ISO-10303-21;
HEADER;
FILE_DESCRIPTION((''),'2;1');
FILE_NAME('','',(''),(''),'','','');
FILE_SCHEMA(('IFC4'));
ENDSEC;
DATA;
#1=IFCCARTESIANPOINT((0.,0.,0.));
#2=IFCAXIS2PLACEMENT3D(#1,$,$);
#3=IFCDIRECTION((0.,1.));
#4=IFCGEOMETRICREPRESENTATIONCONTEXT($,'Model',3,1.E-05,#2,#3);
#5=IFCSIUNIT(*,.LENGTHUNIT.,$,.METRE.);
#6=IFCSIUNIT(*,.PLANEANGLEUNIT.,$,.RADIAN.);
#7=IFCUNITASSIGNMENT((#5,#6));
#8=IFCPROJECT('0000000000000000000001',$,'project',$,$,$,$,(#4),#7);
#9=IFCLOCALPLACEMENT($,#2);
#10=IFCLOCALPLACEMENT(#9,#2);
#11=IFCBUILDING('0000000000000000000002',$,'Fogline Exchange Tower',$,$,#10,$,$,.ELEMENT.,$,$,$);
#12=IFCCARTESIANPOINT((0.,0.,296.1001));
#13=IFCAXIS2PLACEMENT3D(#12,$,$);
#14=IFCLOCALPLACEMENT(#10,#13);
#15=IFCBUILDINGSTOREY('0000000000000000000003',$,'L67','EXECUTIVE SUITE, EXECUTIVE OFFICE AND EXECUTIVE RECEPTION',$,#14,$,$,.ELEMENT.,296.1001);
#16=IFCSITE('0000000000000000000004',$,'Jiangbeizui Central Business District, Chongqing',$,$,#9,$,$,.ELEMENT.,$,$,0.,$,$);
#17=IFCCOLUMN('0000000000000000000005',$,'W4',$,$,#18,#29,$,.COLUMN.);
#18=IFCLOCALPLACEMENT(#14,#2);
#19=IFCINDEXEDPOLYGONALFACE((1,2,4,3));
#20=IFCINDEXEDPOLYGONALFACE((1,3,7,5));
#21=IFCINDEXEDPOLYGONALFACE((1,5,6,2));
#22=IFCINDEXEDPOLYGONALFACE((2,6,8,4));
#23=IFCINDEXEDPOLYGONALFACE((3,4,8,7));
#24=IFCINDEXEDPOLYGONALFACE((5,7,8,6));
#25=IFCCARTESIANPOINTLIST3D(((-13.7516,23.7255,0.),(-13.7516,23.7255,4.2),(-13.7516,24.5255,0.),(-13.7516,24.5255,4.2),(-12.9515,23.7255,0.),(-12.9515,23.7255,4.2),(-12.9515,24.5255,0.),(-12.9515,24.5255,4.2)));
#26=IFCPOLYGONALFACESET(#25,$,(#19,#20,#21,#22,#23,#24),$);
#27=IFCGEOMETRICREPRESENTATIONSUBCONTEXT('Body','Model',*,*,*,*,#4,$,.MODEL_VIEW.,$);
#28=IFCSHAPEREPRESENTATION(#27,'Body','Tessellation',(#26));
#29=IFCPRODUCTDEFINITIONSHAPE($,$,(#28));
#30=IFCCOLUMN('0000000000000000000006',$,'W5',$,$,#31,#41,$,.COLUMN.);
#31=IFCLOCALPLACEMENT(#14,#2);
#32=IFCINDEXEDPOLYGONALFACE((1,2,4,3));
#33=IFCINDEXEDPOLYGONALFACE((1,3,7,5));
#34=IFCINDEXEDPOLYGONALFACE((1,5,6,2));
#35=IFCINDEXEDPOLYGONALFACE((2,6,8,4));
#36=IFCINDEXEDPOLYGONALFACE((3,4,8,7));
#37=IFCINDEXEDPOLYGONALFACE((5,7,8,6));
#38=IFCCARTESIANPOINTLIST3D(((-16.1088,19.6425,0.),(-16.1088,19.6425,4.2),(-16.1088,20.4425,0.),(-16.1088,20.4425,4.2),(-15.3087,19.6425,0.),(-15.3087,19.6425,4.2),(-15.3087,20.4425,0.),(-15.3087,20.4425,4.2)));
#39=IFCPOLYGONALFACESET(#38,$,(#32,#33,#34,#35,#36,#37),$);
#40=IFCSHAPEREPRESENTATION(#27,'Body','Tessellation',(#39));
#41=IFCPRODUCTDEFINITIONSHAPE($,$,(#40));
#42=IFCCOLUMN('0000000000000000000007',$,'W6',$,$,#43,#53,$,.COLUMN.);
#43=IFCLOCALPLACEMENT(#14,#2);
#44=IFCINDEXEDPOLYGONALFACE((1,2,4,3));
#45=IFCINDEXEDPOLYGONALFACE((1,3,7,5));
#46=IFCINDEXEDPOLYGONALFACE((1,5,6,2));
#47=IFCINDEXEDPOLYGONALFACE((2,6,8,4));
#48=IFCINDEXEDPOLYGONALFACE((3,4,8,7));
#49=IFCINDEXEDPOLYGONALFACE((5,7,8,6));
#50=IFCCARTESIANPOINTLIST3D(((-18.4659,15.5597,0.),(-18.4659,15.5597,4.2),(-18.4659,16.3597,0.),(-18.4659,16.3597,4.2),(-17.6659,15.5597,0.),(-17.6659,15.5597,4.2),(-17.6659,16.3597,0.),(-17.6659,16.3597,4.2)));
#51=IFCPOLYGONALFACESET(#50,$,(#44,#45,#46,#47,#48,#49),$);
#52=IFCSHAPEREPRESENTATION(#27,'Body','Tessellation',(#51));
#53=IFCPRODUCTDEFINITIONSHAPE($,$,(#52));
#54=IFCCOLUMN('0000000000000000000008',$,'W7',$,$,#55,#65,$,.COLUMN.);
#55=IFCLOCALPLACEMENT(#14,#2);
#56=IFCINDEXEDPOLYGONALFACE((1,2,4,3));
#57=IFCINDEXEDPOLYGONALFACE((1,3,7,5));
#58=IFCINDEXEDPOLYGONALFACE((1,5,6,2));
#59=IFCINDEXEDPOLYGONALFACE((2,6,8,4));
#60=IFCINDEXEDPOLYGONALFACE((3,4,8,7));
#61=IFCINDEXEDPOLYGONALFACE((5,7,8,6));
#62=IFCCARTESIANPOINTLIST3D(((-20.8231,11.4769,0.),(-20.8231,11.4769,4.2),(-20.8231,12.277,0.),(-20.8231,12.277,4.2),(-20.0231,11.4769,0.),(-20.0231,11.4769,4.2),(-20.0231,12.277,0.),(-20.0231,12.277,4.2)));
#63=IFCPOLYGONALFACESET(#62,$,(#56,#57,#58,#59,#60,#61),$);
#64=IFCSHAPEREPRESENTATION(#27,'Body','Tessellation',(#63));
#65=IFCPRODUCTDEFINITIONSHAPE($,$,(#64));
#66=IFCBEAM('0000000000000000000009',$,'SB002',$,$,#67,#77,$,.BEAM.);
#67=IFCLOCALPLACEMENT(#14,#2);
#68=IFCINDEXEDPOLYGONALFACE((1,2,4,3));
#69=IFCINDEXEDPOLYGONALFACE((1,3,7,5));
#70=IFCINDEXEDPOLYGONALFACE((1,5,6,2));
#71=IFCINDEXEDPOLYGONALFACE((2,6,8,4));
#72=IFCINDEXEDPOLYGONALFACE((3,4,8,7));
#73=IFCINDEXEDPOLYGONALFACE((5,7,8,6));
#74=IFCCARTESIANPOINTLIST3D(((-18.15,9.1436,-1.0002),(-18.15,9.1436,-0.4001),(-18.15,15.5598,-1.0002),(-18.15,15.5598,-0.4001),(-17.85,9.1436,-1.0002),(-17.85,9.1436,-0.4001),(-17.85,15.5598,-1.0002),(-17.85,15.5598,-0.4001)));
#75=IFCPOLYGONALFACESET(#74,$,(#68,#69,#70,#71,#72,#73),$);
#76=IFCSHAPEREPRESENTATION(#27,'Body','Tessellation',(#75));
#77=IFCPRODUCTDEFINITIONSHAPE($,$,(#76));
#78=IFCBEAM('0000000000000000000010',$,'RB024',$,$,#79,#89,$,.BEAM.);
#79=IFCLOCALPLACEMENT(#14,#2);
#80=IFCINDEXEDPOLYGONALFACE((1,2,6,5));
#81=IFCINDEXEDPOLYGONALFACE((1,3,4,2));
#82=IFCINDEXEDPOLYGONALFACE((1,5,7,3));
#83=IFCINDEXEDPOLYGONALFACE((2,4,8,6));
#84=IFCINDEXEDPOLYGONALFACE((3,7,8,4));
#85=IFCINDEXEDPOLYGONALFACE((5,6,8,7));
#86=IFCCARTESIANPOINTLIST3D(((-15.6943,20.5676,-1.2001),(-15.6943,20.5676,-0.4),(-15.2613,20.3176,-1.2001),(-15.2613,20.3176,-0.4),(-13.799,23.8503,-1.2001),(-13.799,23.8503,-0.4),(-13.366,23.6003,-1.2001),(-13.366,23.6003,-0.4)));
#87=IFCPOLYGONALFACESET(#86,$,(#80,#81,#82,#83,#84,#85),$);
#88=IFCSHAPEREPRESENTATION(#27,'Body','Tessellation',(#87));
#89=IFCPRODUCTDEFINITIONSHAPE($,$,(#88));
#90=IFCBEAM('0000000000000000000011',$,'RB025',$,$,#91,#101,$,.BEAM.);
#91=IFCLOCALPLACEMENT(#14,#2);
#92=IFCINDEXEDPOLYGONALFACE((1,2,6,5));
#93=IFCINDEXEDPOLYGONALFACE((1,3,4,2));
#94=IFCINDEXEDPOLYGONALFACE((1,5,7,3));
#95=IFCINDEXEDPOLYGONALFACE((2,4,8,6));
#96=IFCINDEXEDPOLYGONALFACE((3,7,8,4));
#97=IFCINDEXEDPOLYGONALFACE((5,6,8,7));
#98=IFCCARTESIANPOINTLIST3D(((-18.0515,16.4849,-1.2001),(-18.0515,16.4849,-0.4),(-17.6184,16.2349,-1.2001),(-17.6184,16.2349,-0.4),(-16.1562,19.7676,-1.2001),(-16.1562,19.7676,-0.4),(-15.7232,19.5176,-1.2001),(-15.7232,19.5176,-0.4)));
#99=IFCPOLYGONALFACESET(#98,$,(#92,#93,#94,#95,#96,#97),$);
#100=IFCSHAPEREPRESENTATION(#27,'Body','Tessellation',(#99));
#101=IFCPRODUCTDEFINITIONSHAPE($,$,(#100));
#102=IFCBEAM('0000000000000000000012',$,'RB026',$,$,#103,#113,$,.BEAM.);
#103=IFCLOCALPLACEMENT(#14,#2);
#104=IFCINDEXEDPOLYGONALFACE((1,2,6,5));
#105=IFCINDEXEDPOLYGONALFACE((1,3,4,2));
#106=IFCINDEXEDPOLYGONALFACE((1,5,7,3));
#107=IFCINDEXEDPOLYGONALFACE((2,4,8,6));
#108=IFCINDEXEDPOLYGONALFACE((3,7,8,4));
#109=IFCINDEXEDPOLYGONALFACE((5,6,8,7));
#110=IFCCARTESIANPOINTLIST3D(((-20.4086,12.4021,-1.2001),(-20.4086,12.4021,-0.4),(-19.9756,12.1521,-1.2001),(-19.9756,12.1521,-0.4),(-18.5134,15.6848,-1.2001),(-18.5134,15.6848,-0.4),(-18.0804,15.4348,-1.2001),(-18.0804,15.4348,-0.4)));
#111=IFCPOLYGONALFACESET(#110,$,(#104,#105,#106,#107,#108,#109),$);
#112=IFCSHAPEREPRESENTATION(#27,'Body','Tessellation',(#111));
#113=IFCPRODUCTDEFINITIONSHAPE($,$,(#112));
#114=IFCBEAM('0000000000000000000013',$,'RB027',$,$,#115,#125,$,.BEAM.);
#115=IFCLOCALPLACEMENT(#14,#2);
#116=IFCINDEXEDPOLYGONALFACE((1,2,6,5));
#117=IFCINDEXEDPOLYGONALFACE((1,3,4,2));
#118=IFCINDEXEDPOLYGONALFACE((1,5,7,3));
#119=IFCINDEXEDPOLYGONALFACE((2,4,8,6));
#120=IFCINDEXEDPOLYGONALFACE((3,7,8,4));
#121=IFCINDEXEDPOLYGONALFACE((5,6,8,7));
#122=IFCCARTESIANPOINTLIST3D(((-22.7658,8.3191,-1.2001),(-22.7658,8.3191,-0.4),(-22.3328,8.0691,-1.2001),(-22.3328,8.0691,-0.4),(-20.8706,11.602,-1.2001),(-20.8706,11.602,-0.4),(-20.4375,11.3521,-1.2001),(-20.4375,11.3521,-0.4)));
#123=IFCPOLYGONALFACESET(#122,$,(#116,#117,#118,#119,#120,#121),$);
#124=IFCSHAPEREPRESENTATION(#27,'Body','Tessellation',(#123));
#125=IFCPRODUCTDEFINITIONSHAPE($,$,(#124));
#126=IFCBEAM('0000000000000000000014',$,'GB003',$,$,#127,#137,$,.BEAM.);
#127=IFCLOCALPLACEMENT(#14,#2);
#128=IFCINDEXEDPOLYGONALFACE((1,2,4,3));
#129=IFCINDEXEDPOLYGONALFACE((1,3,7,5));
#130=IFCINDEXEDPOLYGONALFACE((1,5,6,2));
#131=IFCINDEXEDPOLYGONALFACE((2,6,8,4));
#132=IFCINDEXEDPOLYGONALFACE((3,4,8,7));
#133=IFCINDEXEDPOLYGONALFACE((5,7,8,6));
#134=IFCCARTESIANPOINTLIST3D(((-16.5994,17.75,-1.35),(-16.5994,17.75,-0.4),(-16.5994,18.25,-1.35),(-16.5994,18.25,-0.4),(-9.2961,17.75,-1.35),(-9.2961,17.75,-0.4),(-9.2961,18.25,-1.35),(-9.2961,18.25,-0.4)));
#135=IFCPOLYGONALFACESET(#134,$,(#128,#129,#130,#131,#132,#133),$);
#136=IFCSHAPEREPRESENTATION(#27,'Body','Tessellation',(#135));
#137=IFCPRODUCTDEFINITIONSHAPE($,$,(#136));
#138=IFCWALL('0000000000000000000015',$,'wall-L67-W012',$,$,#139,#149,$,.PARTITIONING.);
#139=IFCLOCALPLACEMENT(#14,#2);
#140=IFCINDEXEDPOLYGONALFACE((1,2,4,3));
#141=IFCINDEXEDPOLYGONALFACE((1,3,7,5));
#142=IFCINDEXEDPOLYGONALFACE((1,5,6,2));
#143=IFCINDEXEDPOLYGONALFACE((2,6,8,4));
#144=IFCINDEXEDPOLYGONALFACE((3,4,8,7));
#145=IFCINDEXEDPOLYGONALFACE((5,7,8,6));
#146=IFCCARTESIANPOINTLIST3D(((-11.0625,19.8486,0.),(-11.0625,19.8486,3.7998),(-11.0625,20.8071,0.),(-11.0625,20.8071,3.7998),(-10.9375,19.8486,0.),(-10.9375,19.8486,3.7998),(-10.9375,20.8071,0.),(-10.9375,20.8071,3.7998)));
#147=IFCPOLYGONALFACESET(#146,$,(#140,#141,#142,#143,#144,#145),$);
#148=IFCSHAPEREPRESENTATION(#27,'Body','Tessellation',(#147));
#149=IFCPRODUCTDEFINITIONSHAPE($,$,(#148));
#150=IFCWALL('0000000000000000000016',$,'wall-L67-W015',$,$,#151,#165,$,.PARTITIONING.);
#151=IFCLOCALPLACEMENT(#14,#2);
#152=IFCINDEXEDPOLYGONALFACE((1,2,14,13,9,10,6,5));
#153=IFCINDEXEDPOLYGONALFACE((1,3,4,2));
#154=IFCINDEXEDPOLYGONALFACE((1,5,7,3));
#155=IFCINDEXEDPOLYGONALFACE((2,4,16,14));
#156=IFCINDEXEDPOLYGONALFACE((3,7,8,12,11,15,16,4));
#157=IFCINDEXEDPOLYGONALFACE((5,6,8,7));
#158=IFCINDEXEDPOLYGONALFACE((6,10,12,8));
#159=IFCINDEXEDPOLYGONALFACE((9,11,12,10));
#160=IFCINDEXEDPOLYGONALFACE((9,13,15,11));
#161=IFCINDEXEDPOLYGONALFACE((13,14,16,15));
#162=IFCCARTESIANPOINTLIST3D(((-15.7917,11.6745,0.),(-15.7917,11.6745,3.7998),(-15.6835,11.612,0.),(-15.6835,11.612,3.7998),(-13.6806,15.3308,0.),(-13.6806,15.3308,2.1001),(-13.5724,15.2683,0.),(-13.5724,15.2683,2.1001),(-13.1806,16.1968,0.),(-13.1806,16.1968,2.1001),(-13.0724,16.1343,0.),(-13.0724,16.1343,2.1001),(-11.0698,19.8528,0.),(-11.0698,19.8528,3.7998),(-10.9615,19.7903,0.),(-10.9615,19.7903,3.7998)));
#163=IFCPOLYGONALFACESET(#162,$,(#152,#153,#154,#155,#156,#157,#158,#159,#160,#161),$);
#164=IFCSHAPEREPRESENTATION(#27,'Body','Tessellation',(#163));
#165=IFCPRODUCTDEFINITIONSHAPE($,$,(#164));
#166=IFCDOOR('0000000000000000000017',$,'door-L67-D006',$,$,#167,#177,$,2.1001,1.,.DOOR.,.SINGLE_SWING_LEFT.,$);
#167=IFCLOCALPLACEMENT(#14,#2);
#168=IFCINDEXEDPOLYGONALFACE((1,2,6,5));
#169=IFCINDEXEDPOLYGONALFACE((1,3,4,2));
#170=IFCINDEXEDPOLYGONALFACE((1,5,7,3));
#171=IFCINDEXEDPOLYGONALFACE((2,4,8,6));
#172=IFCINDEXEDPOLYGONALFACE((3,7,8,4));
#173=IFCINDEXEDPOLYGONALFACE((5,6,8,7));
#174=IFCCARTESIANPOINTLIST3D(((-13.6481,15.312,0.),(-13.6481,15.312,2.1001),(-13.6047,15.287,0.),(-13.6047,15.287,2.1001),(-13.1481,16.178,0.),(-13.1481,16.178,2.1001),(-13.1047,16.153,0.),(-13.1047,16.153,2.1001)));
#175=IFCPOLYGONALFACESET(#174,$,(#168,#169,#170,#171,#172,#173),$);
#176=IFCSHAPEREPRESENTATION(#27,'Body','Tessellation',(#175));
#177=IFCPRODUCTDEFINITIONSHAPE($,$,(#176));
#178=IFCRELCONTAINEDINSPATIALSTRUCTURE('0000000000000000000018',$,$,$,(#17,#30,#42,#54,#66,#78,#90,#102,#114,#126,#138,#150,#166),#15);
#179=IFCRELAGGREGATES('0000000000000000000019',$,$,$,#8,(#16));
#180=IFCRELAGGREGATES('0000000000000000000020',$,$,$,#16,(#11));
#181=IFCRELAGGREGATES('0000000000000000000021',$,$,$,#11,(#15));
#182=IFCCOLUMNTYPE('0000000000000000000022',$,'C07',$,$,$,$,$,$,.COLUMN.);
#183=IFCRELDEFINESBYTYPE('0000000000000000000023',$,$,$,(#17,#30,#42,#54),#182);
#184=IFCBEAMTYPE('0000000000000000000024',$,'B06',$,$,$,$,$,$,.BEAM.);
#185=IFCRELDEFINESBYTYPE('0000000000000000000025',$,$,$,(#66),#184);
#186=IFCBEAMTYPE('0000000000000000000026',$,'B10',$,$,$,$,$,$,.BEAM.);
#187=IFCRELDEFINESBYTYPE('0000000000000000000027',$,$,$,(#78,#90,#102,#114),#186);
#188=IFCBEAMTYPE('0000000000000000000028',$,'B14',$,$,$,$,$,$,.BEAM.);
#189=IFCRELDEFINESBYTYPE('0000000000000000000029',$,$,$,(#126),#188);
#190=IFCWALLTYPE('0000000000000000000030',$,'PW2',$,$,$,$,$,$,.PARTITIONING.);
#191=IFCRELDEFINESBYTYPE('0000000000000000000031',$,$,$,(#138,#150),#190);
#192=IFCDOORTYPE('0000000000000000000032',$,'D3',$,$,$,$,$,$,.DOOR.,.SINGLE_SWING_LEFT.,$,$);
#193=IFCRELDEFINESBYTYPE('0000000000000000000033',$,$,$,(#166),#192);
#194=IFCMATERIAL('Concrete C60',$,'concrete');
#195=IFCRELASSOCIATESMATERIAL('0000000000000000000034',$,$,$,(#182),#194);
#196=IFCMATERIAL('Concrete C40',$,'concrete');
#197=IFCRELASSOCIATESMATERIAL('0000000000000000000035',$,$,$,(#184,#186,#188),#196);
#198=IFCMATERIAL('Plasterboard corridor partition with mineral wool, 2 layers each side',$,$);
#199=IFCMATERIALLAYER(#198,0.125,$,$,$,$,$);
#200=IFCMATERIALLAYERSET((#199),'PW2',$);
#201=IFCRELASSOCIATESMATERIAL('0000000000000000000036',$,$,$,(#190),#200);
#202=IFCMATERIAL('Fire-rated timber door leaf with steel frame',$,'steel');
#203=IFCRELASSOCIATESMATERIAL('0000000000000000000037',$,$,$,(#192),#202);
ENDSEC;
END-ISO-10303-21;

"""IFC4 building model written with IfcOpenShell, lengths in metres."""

from ifc_helpers import new_model, si_unit, direction, frame, frame_2d, origin, origin_2d, place, context, subcontext, project, spatial, rectangle, extrude, material, layer, layer_set, material_profile, profile_set, type_object, element, fill, save


model = new_model("IFC4")

# Units and contexts
model_context = context("Model", 3, precision=1e-05, world=origin(), true_north=direction((0.0, 1.0)))
body_context = subcontext(model_context, "Body", "Model", "MODEL_VIEW")
ifc_project = project(units=[si_unit("LENGTHUNIT", "METRE"), si_unit("PLANEANGLEUNIT", "RADIAN")], contexts=[model_context])

# Site, building, storey
site_placement = place(None, origin())
site = spatial("IfcSite", under=ifc_project, at=site_placement, Name="Jiangbeizui Central Business District, Chongqing", CompositionType="ELEMENT", RefElevation=0.0)
building_placement = place(site_placement, origin())
building = spatial("IfcBuilding", under=site, at=building_placement, Name="Fogline Exchange Tower", CompositionType="ELEMENT")
storey_placement = place(building_placement, frame((0.0, 0.0, 296.1001)))
storey = spatial("IfcBuildingStorey", under=building, at=storey_placement, Name="L67", Description="EXECUTIVE SUITE, EXECUTIVE OFFICE AND EXECUTIVE RECEPTION", CompositionType="ELEMENT", Elevation=296.1001)

# Columns
ifc_material_1 = material(Name="Concrete C60", Category="concrete")
ifc_material_profile_1 = material_profile(ifc_material_1, rectangle(XDim=0.8, YDim=0.8, at=origin_2d()), Name="RC 800x800")
ifc_profile_set_1 = profile_set([ifc_material_profile_1], Name="Concrete C60")
column_type = type_object("IfcColumnType", Name="C07", PredefinedType="COLUMN", material=ifc_profile_set_1)
for number, where, z_axis, x_axis, name in (
    (1, (-13.3516, 24.1255, 0.0), (0.0, 0.0, 1.0), (1.0, 0.0, 0.0), "W4"),
    (2, (-15.7087, 20.0425, 0.0), (0.0, 0.0, 1.0), (1.0, 0.0, 0.0), "W5"),
    (3, (-18.0659, 15.9597, 0.0), (0.0, 0.0, 1.0), (1.0, 0.0, 0.0), "W6"),
    (4, (-20.4231, 11.877, 0.0), (0.0, 0.0, 1.0), (1.0, 0.0, 0.0), "W7"),
):
    element("IfcColumn", number, at=place(storey_placement, frame(where, z_axis=z_axis, x_axis=x_axis)), inside=storey, type_object=column_type, Name=name, PredefinedType="COLUMN", context=body_context, shape_type="SweptSolid", body=[
        extrude(rectangle(XDim=0.8, YDim=0.8, at=origin_2d()), origin(), (0.0, 0.0, 1.0), 4.2),
    ])

# Beams
ifc_material_2 = material(Name="Concrete C40", Category="concrete")
ifc_material_profile_2 = material_profile(ifc_material_2, rectangle(XDim=0.3, YDim=0.6001, at=origin_2d()), Name="RC 300x600")
ifc_profile_set_2 = profile_set([ifc_material_profile_2], Name="Concrete C40")
beam_type_1 = type_object("IfcBeamType", Name="B06", PredefinedType="BEAM", material=ifc_profile_set_2)
beam_1_placement = place(storey_placement, frame((-18.0, 9.1436, -0.7002), z_axis=(0.0, 1.0, 0.0), x_axis=(-1.0, 0.0, 0.0)))
element("IfcBeam", 5, at=beam_1_placement, inside=storey, type_object=beam_type_1, Name="SB002", PredefinedType="BEAM", context=body_context, shape_type="SweptSolid", body=[
    extrude(rectangle(XDim=0.3, YDim=0.6001, at=origin_2d()), origin(), (0.0, 0.0, 1.0), 6.4163),
])
ifc_material_profile_3 = material_profile(ifc_material_2, rectangle(XDim=0.5, YDim=0.8, at=origin_2d()), Name="RC 500x800")
ifc_profile_set_3 = profile_set([ifc_material_profile_3], Name="Concrete C40")
beam_type_2 = type_object("IfcBeamType", Name="B10", PredefinedType="BEAM", material=ifc_profile_set_3)
for number, where, z_axis, x_axis, name in (
    (6, (-13.5825, 23.7253, -0.8), (-0.499998, -0.866027, 0.0), (0.866027, -0.499998, 0.0), "RB024"),
    (7, (-15.9397, 19.6426, -0.8), (-0.499998, -0.866027, 0.0), (0.866027, -0.499998, 0.0), "RB025"),
    (8, (-18.2969, 15.5598, -0.8), (-0.499998, -0.866027, 0.0), (0.866027, -0.499998, 0.0), "RB026"),
):
    element("IfcBeam", number, at=place(storey_placement, frame(where, z_axis=z_axis, x_axis=x_axis)), inside=storey, type_object=beam_type_2, Name=name, PredefinedType="BEAM", context=body_context, shape_type="SweptSolid", body=[
        extrude(rectangle(XDim=0.5, YDim=0.8, at=origin_2d()), origin(), (0.0, 0.0, 1.0), 3.7905),
    ])
beam_2_placement = place(storey_placement, frame((-20.6541, 11.4771, -0.8), z_axis=(-0.49997, -0.866043, 0.0), x_axis=(0.866043, -0.49997, 0.0)))
element("IfcBeam", 9, at=beam_2_placement, inside=storey, type_object=beam_type_2, Name="RB027", PredefinedType="BEAM", context=body_context, shape_type="SweptSolid", body=[
    extrude(rectangle(XDim=0.5, YDim=0.8, at=origin_2d()), origin(), (0.0, 0.0, 1.0), 3.7908),
])
ifc_material_profile_4 = material_profile(ifc_material_2, rectangle(XDim=0.5, YDim=0.95, at=origin_2d()), Name="RC 500x950")
ifc_profile_set_4 = profile_set([ifc_material_profile_4], Name="Concrete C40")
beam_type_3 = type_object("IfcBeamType", Name="B14", PredefinedType="BEAM", material=ifc_profile_set_4)
beam_3_placement = place(storey_placement, frame((-16.5994, 18.0, -0.875), z_axis=(1.0, 0.0, 0.0), x_axis=(0.0, 1.0, 0.0)))
element("IfcBeam", 10, at=beam_3_placement, inside=storey, type_object=beam_type_3, Name="GB003", PredefinedType="BEAM", context=body_context, shape_type="SweptSolid", body=[
    extrude(rectangle(XDim=0.5, YDim=0.95, at=origin_2d()), origin(), (0.0, 0.0, 1.0), 7.3032),
])

# Wall
ifc_material_3 = material(Name="Plasterboard corridor partition with mineral wool, 2 layers each side")
ifc_layer_1 = layer(ifc_material_3, 0.125)
ifc_layer_set_1 = layer_set([ifc_layer_1], Name="PW2")
wall_type_1 = type_object("IfcWallType", Name="PW2", PredefinedType="PARTITIONING", material=ifc_layer_set_1)
wall_1_placement = place(storey_placement, frame((-11.0, 19.8486, 0.0), z_axis=(0.0, 0.0, 1.0), x_axis=(0.0, 1.0, 0.0)))
element("IfcWall", 11, at=wall_1_placement, inside=storey, type_object=wall_type_1, Name="wall-L67-W012", PredefinedType="PARTITIONING", context=body_context, shape_type="SweptSolid", body=[
    extrude(rectangle(XDim=0.9585, YDim=0.125, at=frame_2d((0.4792, 0.0))), origin(), (0.0, 0.0, 1.0), 3.7998),
])

# Wall, opening, door
wall_2_placement = place(storey_placement, frame((-15.7375, 11.6433, 0.0), z_axis=(0.0, 0.0, 1.0), x_axis=(0.500018, 0.866015, 0.0)))
wall_2 = element("IfcWall", 12, at=wall_2_placement, inside=storey, type_object=wall_type_1, Name="wall-L67-W015", PredefinedType="PARTITIONING", context=body_context, shape_type="SweptSolid", body=[
    extrude(rectangle(XDim=9.4436, YDim=0.125, at=frame_2d((4.7217, 0.0))), origin(), (0.0, 0.0, 1.0), 3.7998),
])
opening_1_placement = place(wall_2_placement, frame((4.2219, 0.0, 0.0)))
opening_1 = element("IfcOpeningElement", 13, at=opening_1_placement, cuts=wall_2, PredefinedType="OPENING", context=body_context, shape_type="SweptSolid", body=[
    extrude(rectangle(XDim=1.0, YDim=2.1001, at=frame_2d((0.5, 1.05))), frame((0.0, 0.0725, 0.0), z_axis=(0.0, -1.0, 0.0), x_axis=(1.0, 0.0, 0.0)), (0.0, 0.0, 1.0), 0.145),
])
ifc_material_4 = material(Name="Fire-rated timber door leaf with steel frame", Category="steel")
door_type_1 = type_object("IfcDoorType", Name="D3", OperationType="SINGLE_SWING_LEFT", PredefinedType="DOOR", material=ifc_material_4)
door_1_placement = place(opening_1_placement, origin())
door_1 = element("IfcDoor", 14, at=door_1_placement, inside=storey, type_object=door_type_1, Name="door-L67-D006", OperationType="SINGLE_SWING_LEFT", OverallHeight=2.1001, OverallWidth=1.0, PredefinedType="DOOR", context=body_context, shape_type="SweptSolid", body=[
    extrude(rectangle(XDim=1.0, YDim=2.1001, at=frame_2d((0.5, 1.05))), frame((0.0, 0.0249, 0.0), z_axis=(0.0, -1.0, 0.0), x_axis=(1.0, 0.0, 0.0)), (0.0, 0.0, 1.0), 0.05),
])
fill(opening_1, door_1)

save(model, "model.ifc")
